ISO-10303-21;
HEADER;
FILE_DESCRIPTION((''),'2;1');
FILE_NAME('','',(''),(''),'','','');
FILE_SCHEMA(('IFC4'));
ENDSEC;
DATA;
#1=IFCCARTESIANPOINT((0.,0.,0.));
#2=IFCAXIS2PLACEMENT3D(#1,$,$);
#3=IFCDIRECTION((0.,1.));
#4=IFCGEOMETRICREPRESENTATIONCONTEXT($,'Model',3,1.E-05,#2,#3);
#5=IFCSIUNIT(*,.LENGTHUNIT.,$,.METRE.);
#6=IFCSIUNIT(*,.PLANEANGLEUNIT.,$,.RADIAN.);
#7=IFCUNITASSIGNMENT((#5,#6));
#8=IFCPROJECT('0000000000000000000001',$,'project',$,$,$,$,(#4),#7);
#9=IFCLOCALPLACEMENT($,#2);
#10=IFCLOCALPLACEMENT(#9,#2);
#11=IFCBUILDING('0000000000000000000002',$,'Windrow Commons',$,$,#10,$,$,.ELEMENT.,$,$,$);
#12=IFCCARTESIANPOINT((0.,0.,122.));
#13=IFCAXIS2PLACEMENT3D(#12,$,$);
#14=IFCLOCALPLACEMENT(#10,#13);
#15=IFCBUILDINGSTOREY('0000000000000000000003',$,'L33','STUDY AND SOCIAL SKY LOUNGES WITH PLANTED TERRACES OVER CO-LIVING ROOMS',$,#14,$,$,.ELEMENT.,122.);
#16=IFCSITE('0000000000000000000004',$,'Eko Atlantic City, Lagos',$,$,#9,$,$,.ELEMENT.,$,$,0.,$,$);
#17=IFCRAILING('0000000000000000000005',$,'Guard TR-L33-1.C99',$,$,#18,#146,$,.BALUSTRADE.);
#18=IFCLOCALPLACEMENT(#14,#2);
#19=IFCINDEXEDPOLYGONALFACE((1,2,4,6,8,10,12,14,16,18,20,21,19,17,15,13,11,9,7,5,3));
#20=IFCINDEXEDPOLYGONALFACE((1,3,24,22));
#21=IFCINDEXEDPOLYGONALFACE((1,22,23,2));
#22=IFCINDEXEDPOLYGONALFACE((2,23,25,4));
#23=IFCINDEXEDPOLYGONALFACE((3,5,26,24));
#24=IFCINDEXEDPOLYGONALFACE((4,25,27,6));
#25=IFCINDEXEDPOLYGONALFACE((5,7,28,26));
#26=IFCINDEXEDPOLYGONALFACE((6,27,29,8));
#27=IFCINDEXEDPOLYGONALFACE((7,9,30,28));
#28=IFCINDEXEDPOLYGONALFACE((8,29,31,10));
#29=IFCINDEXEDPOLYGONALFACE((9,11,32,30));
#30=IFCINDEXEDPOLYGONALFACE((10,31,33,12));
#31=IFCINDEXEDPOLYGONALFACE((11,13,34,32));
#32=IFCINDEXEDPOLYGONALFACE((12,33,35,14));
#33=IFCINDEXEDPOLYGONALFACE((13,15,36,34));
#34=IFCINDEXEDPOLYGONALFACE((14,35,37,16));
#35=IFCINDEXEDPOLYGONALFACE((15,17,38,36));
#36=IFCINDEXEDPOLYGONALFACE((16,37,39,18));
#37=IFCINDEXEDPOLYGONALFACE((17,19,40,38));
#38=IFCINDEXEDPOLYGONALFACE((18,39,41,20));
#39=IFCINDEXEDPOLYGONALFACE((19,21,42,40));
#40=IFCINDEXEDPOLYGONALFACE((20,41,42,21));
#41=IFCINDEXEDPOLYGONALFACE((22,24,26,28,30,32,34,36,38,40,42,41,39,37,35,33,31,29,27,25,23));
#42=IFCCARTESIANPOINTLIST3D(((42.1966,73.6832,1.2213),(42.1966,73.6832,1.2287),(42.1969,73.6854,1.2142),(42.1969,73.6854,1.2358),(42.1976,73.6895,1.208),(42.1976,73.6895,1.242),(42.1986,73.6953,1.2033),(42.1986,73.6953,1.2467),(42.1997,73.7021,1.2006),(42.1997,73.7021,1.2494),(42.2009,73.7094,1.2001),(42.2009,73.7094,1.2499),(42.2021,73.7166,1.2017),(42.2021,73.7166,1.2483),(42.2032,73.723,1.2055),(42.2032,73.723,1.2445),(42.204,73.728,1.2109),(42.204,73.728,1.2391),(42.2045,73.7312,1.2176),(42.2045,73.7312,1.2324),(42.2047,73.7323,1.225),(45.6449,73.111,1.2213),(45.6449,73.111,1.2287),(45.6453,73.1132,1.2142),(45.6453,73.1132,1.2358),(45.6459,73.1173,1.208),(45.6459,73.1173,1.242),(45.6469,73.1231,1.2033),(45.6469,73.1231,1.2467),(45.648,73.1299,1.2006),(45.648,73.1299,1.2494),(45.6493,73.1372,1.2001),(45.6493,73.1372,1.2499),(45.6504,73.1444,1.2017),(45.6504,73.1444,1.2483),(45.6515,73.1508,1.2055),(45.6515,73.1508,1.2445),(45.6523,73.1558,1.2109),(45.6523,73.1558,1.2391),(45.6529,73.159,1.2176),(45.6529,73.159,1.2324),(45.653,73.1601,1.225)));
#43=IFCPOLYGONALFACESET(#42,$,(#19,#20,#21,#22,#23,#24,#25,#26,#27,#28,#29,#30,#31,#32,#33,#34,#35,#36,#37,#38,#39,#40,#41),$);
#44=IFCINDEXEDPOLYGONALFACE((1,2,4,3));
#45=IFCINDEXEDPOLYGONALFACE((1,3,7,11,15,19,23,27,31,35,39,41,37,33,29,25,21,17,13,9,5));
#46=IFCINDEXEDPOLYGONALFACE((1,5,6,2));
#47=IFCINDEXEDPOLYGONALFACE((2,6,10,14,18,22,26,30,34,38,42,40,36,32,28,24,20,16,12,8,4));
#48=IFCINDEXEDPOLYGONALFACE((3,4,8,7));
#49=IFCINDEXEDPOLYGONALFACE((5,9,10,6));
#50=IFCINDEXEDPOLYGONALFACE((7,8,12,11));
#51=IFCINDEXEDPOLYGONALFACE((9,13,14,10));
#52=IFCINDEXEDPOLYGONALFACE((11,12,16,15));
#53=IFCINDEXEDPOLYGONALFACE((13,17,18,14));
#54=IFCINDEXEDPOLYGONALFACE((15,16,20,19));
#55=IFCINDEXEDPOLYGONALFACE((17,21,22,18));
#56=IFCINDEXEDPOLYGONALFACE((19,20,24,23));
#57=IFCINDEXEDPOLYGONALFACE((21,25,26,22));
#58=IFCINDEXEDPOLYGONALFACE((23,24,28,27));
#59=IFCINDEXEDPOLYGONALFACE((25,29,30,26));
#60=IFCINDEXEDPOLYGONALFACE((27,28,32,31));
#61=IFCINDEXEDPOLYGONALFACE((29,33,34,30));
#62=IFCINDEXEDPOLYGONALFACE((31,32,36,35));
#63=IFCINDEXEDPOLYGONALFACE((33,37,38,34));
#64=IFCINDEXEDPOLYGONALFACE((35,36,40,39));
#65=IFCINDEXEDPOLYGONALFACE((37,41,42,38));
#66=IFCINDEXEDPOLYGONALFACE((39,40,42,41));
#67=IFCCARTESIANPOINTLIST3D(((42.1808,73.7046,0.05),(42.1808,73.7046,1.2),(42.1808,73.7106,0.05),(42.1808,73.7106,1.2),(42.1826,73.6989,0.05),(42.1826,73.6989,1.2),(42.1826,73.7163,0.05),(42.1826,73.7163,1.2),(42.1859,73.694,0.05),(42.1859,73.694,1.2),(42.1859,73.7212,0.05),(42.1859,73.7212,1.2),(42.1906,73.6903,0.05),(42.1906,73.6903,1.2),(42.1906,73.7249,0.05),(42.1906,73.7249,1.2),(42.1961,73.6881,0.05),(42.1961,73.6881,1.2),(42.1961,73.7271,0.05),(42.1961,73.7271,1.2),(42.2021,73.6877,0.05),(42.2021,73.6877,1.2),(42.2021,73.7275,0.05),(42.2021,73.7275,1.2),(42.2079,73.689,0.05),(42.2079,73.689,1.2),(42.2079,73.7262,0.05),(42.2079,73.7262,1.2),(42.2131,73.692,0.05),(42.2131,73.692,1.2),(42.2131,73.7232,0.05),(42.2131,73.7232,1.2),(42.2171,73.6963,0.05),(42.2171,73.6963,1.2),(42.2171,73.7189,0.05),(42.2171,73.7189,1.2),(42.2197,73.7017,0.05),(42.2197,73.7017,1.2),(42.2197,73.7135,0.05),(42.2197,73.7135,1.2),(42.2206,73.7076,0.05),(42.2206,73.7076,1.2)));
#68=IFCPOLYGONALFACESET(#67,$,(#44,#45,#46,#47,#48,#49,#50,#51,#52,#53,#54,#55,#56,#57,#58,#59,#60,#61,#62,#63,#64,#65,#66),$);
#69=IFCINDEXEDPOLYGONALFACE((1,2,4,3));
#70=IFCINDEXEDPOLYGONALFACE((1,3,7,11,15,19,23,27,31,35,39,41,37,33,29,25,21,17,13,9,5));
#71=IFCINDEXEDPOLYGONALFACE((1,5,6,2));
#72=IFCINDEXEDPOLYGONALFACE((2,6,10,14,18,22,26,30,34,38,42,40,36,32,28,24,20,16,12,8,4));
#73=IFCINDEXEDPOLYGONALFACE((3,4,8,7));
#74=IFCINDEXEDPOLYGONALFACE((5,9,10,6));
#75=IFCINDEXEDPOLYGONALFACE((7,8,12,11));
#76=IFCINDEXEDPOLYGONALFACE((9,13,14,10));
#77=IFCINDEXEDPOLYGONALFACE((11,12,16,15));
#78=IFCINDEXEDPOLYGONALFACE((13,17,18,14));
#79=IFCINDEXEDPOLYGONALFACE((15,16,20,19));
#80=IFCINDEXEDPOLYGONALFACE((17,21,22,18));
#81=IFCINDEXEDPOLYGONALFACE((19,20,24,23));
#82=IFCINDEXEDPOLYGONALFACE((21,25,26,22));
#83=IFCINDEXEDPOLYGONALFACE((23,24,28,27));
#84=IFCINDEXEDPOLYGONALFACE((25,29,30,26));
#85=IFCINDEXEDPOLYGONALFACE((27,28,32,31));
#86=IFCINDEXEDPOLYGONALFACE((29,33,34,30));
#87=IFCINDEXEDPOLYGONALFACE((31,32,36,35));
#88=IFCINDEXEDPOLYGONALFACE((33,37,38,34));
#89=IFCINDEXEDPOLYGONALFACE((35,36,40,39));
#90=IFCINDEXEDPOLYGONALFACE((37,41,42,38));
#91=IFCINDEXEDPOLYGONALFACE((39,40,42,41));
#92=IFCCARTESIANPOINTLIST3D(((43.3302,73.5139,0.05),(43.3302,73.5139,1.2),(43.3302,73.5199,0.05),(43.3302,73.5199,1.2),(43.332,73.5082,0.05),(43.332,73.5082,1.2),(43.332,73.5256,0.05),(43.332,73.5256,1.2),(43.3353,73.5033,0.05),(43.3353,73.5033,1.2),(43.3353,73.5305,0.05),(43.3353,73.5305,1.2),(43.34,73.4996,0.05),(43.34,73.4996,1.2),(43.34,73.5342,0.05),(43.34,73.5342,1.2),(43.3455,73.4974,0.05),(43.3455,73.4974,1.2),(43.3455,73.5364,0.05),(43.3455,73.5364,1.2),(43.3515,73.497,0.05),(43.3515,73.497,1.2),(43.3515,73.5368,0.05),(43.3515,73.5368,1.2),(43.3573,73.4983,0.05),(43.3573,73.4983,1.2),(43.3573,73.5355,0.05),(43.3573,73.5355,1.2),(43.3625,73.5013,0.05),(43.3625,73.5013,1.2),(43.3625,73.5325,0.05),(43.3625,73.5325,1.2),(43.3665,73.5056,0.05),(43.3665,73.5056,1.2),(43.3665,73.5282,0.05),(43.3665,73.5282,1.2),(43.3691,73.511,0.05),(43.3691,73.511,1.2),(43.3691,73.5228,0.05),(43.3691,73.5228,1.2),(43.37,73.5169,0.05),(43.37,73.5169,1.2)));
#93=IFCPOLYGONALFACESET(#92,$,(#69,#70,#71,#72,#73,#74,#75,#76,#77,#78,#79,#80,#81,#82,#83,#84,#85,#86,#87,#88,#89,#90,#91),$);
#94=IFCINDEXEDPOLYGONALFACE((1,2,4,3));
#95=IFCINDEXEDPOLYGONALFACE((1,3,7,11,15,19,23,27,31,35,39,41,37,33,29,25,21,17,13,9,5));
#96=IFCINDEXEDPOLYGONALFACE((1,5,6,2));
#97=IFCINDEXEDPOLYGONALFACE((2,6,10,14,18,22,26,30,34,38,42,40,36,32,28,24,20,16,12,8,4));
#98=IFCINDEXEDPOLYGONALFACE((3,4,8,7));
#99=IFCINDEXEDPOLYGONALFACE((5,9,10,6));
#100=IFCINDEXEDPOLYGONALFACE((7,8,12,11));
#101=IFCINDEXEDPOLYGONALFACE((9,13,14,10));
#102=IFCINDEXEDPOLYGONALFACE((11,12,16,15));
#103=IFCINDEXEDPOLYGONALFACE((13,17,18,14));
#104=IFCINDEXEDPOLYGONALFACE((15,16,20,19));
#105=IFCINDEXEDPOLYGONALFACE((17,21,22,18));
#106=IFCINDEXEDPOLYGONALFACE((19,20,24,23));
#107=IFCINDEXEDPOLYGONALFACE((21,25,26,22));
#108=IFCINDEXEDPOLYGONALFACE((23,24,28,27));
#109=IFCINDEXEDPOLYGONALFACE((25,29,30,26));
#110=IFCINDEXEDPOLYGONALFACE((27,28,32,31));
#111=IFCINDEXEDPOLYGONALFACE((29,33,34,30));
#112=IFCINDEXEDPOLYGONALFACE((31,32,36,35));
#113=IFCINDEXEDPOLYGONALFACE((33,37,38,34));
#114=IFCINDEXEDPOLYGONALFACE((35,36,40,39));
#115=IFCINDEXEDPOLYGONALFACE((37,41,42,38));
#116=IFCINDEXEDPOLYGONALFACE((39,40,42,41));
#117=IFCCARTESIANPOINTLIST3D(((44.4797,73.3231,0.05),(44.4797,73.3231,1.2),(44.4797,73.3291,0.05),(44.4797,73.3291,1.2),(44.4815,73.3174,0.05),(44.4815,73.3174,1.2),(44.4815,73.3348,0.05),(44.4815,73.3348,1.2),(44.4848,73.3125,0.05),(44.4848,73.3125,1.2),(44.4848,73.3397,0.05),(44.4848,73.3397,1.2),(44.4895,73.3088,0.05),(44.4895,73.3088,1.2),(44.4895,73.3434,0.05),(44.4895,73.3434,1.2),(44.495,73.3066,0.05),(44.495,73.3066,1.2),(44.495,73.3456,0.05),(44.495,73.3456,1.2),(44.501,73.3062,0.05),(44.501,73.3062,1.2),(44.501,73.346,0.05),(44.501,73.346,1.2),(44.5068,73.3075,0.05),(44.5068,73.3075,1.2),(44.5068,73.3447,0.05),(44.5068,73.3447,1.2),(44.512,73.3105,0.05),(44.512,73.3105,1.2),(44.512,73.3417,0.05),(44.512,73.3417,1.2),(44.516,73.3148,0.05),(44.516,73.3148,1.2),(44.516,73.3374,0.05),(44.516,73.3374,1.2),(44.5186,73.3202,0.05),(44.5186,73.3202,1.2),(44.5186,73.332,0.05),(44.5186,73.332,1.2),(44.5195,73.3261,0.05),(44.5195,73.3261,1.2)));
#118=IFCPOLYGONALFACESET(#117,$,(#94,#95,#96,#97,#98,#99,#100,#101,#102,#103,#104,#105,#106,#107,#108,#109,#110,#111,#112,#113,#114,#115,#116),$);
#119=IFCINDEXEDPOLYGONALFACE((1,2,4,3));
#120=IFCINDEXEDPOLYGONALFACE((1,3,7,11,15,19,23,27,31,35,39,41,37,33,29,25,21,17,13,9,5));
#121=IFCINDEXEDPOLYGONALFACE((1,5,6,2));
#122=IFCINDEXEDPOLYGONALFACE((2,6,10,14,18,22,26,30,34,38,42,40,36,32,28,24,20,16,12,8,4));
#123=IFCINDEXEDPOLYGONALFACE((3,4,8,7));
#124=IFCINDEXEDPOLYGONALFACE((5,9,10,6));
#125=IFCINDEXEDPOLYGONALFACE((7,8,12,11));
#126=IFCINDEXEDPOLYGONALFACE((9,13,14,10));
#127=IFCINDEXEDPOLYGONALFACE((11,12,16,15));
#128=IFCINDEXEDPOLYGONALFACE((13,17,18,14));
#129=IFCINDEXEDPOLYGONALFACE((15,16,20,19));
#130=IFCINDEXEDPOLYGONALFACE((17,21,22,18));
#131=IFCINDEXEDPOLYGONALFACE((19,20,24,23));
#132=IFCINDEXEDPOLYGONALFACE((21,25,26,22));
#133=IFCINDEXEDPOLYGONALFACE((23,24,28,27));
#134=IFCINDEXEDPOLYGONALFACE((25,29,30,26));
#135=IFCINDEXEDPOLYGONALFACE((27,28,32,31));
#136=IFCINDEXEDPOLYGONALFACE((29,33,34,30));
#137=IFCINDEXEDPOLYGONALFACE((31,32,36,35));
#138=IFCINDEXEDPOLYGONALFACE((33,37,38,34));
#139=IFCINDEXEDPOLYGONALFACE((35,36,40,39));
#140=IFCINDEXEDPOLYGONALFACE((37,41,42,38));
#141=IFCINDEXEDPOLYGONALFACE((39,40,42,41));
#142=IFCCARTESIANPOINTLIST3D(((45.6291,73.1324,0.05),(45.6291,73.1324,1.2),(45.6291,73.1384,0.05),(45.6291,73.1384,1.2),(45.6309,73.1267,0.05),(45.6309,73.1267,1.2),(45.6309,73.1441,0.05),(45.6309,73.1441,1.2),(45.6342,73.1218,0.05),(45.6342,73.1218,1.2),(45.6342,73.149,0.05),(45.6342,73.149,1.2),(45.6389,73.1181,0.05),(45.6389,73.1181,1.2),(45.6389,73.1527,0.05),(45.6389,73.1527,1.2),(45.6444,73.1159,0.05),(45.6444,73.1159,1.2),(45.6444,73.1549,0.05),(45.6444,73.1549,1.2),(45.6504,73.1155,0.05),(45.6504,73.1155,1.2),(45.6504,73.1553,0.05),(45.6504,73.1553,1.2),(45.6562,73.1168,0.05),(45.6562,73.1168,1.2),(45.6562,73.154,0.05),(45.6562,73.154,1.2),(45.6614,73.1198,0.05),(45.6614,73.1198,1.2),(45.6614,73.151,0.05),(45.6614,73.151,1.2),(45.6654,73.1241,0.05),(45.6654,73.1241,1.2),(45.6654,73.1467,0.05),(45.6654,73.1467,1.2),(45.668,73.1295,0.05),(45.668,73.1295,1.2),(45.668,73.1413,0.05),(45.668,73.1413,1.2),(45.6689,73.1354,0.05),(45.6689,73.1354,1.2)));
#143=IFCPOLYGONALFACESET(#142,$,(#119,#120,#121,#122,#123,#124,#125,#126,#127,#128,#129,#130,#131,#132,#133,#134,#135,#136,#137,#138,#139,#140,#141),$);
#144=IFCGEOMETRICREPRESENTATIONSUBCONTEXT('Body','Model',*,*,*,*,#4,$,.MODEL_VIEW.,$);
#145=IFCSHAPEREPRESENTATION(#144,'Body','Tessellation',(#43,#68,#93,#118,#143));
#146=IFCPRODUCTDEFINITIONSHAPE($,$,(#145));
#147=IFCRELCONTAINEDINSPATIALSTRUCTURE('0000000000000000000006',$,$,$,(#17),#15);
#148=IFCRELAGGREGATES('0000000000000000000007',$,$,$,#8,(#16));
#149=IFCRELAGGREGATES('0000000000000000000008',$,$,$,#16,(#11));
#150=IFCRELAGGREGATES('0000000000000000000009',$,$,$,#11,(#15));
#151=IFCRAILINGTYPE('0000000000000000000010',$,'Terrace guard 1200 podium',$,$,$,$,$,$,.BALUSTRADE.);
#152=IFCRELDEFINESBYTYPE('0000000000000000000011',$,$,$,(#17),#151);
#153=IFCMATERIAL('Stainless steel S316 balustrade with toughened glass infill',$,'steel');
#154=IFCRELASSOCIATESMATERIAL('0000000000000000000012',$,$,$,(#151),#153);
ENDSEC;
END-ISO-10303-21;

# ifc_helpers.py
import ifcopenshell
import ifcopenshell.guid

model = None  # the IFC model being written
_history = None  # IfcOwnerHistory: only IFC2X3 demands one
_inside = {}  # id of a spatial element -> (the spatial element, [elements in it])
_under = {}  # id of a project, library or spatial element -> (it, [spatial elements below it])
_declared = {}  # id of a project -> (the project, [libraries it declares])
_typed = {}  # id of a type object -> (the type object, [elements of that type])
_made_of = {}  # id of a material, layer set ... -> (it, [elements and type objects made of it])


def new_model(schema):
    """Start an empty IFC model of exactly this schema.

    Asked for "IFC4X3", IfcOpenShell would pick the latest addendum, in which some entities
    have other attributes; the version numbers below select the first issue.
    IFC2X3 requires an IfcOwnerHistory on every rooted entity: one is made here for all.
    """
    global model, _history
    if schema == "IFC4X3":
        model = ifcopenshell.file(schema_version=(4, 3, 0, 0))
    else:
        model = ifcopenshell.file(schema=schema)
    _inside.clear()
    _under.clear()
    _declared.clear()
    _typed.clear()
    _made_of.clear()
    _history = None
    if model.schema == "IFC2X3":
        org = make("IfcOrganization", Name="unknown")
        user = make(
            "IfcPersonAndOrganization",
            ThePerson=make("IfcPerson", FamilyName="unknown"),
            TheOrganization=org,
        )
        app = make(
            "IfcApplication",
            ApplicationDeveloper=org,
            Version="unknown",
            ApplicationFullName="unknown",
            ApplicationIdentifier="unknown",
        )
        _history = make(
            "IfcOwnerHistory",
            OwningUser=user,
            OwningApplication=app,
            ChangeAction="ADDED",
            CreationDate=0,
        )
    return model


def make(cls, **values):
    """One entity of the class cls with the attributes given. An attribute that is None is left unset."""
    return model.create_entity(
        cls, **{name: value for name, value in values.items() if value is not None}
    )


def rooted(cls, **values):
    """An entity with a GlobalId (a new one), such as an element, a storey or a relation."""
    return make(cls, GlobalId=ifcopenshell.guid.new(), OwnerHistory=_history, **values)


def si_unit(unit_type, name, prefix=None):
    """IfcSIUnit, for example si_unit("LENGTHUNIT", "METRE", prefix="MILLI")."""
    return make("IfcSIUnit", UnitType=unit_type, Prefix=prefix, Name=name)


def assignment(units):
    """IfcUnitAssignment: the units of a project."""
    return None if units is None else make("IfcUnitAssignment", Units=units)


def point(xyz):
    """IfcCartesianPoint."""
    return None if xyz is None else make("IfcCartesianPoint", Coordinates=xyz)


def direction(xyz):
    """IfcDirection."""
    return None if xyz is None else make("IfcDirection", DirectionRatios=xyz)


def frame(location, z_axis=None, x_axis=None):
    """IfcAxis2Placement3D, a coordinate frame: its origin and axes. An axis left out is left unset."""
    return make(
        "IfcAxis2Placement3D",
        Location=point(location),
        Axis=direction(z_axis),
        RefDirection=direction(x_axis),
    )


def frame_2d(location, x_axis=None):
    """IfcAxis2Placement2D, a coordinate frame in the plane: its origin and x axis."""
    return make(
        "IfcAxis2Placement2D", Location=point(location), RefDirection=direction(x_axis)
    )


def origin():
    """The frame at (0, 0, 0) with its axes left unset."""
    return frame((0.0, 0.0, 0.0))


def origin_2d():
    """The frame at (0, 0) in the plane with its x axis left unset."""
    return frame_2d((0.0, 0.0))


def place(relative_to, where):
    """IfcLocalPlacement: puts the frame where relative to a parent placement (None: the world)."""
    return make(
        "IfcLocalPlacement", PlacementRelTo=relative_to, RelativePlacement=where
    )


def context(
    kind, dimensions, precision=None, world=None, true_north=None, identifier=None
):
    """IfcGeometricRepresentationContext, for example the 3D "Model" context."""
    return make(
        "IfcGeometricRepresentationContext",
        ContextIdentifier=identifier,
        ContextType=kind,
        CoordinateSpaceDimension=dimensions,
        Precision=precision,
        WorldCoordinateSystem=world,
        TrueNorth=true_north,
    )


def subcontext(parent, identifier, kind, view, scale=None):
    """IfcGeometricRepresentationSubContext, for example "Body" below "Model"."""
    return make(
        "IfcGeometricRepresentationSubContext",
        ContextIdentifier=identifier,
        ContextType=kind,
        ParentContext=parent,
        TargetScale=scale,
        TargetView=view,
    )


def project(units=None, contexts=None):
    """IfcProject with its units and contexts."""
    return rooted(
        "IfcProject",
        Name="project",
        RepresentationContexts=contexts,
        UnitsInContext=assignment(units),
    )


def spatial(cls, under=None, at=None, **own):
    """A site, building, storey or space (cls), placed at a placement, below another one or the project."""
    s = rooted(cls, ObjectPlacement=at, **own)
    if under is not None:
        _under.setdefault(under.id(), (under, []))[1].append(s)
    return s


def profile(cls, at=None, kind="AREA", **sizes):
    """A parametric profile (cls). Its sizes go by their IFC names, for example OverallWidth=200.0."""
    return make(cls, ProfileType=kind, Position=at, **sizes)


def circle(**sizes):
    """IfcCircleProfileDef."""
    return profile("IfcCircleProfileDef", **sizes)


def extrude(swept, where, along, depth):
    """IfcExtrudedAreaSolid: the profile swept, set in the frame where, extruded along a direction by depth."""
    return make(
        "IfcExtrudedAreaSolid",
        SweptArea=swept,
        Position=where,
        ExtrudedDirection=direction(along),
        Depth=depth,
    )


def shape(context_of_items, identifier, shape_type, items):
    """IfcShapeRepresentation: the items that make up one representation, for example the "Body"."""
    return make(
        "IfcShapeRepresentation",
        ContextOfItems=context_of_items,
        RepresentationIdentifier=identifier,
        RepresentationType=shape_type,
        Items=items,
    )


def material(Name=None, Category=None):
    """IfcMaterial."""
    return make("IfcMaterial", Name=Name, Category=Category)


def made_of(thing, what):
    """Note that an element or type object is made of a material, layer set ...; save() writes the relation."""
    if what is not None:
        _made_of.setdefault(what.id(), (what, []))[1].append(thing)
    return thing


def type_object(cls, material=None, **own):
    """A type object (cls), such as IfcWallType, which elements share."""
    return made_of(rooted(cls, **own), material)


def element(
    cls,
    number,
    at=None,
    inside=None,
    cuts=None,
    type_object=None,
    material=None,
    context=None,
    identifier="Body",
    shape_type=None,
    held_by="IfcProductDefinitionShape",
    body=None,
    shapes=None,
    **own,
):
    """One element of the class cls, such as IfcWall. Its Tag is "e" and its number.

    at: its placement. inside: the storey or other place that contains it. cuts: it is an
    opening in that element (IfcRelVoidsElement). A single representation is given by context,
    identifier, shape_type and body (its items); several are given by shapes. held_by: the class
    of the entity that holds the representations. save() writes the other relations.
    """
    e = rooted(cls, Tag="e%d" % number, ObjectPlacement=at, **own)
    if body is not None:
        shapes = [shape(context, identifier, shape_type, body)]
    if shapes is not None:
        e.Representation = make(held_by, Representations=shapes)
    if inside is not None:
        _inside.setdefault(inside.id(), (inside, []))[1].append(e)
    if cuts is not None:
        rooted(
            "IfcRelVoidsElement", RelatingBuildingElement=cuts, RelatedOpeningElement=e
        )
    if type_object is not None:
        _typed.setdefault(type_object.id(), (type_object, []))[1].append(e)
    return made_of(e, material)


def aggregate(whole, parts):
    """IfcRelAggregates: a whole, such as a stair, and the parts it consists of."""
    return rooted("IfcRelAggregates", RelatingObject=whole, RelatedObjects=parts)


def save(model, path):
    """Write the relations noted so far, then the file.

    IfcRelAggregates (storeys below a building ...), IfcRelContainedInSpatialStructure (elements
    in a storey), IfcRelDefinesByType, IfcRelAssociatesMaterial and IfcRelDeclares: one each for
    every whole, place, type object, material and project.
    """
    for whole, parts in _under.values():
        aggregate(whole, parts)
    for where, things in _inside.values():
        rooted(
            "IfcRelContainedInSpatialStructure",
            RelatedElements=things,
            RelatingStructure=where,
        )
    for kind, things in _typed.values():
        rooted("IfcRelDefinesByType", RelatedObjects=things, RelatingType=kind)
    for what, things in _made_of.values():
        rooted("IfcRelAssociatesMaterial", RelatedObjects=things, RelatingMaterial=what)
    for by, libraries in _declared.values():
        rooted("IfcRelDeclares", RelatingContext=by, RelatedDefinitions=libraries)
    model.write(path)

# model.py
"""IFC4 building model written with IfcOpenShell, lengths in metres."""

from ifc_helpers import new_model, si_unit, direction, frame, origin, origin_2d, place, context, subcontext, project, spatial, circle, extrude, material, type_object, element, save


model = new_model("IFC4")

# Units and contexts
model_context = context("Model", 3, precision=1e-05, world=origin(), true_north=direction((0.0, 1.0)))
body_context = subcontext(model_context, "Body", "Model", "MODEL_VIEW")
ifc_project = project(units=[si_unit("LENGTHUNIT", "METRE"), si_unit("PLANEANGLEUNIT", "RADIAN")], contexts=[model_context])

# Site, building, storey
site_placement = place(None, origin())
site = spatial("IfcSite", under=ifc_project, at=site_placement, Name="Eko Atlantic City, Lagos", CompositionType="ELEMENT", RefElevation=0.0)
building_placement = place(site_placement, origin())
building = spatial("IfcBuilding", under=site, at=building_placement, Name="Windrow Commons", CompositionType="ELEMENT")
storey_placement = place(building_placement, frame((0.0, 0.0, 122.0)))
storey = spatial("IfcBuildingStorey", under=building, at=storey_placement, Name="L33", Description="STUDY AND SOCIAL SKY LOUNGES WITH PLANTED TERRACES OVER CO-LIVING ROOMS", CompositionType="ELEMENT", Elevation=122.0)

# Railing
ifc_material_1 = material(Name="Stainless steel S316 balustrade with toughened glass infill", Category="steel")
railing_type = type_object("IfcRailingType", Name="Terrace guard 1200 podium", PredefinedType="BALUSTRADE", material=ifc_material_1)
railing_1_placement = place(storey_placement, frame((42.2006, 73.7076, 0.05)))
element("IfcRailing", 1, at=railing_1_placement, inside=storey, type_object=railing_type, Name="Guard TR-L33-1.C99", PredefinedType="BALUSTRADE", context=body_context, shape_type="SweptSolid", body=[
    extrude(circle(Radius=0.025, at=origin_2d()), frame((0.0, 0.0, 1.175), z_axis=(0.98651, -0.163698, 0.0), x_axis=(0.163698, 0.98651, 0.0)), (0.0, 0.0, 1.0), 3.4955),
    extrude(circle(Radius=0.02, at=origin_2d()), origin(), (0.0, 0.0, 1.0), 1.15),
    extrude(circle(Radius=0.02, at=origin_2d()), frame((1.1494, -0.1907, 0.0)), (0.0, 0.0, 1.0), 1.15),
    extrude(circle(Radius=0.02, at=origin_2d()), frame((2.2989, -0.3815, 0.0)), (0.0, 0.0, 1.0), 1.15),
    extrude(circle(Radius=0.02, at=origin_2d()), frame((3.4483, -0.5722, 0.0)), (0.0, 0.0, 1.0), 1.15),
])

save(model, "model.ifc")
